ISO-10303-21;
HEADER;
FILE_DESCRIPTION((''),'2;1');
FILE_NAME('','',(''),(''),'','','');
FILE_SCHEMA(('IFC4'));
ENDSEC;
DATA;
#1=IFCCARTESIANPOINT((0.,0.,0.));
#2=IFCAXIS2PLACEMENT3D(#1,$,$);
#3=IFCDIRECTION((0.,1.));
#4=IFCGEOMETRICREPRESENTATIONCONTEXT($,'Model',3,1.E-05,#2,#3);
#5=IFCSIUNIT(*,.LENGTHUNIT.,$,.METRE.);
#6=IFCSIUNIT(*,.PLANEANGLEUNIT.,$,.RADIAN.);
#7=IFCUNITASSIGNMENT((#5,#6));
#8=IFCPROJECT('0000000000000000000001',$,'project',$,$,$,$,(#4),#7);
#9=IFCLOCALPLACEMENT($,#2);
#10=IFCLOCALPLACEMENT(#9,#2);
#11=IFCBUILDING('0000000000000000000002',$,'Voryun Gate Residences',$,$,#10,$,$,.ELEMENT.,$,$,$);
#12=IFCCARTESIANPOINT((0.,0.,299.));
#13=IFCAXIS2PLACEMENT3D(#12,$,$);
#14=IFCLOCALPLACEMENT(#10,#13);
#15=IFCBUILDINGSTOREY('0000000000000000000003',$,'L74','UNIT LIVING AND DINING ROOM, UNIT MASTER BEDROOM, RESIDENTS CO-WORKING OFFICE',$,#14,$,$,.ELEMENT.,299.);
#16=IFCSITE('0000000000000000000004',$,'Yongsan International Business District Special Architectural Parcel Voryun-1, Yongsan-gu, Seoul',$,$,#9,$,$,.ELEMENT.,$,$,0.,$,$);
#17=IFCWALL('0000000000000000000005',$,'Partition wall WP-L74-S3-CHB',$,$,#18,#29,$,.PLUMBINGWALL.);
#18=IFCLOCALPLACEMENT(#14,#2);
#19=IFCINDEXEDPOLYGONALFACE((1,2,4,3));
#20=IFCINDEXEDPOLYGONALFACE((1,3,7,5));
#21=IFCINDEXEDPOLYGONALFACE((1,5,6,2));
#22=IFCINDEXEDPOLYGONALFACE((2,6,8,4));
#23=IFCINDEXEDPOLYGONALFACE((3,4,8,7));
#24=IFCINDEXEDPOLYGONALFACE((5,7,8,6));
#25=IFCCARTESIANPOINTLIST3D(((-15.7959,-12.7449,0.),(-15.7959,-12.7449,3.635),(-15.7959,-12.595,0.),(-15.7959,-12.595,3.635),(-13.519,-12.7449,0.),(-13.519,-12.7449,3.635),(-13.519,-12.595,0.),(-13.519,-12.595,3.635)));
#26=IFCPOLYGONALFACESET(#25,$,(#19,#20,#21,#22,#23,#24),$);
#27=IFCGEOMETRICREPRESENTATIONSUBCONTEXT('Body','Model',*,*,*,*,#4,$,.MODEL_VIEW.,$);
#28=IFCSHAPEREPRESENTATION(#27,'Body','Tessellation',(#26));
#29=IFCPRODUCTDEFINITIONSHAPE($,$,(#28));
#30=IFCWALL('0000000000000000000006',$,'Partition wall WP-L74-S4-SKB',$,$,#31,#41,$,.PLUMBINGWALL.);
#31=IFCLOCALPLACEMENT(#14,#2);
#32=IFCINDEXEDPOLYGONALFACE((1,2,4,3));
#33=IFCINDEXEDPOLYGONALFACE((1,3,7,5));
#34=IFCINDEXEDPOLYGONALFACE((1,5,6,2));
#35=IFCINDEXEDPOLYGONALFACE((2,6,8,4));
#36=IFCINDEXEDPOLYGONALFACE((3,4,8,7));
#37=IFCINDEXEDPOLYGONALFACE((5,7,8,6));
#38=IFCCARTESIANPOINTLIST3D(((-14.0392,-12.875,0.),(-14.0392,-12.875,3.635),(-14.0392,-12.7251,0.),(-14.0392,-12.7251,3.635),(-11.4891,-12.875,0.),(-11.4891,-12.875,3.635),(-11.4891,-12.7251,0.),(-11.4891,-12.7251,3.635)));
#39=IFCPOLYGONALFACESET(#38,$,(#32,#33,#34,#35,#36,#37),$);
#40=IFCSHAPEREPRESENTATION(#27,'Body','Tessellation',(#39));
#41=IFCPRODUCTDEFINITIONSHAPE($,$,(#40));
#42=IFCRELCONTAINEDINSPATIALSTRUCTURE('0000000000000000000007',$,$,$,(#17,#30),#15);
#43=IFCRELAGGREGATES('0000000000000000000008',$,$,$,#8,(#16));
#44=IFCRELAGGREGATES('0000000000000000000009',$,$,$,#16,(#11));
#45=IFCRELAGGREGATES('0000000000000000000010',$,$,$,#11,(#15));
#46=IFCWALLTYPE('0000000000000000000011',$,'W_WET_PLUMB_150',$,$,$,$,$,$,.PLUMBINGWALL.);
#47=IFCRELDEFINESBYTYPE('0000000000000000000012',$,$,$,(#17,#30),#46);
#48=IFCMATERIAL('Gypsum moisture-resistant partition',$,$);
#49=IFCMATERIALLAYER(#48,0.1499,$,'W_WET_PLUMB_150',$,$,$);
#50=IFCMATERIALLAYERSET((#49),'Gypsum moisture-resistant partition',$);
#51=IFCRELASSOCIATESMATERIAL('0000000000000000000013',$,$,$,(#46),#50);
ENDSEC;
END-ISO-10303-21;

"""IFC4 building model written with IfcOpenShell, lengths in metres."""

from ifc_helpers import new_model, si_unit, direction, frame, frame_2d, origin, place, context, subcontext, project, spatial, rectangle, extrude, material, layer, layer_set, type_object, element, save


model = new_model("IFC4")

# Units and contexts
model_context = context("Model", 3, precision=1e-05, world=origin(), true_north=direction((0.0, 1.0)))
body_context = subcontext(model_context, "Body", "Model", "MODEL_VIEW")
ifc_project = project(units=[si_unit("LENGTHUNIT", "METRE"), si_unit("PLANEANGLEUNIT", "RADIAN")], contexts=[model_context])

# Site, building, storey
site_placement = place(None, origin())
site = spatial("IfcSite", under=ifc_project, at=site_placement, Name="Yongsan International Business District Special Architectural Parcel Voryun-1, Yongsan-gu, Seoul", CompositionType="ELEMENT", RefElevation=0.0)
building_placement = place(site_placement, origin())
building = spatial("IfcBuilding", under=site, at=building_placement, Name="Voryun Gate Residences", CompositionType="ELEMENT")
storey_placement = place(building_placement, frame((0.0, 0.0, 299.0)))
storey = spatial("IfcBuildingStorey", under=building, at=storey_placement, Name="L74", Description="UNIT LIVING AND DINING ROOM, UNIT MASTER BEDROOM, RESIDENTS CO-WORKING OFFICE", CompositionType="ELEMENT", Elevation=299.0)

# Shared definitions
ifc_material_1 = material(Name="Gypsum moisture-resistant partition")
ifc_layer_1 = layer(ifc_material_1, 0.1499, Name="W_WET_PLUMB_150")
ifc_layer_set_1 = layer_set([ifc_layer_1], Name="Gypsum moisture-resistant partition")
wall_type_1 = type_object("IfcWallType", Name="W_WET_PLUMB_150", PredefinedType="PLUMBINGWALL", material=ifc_layer_set_1)

# Walls
wall_1_placement = place(storey_placement, frame((-15.7959, -12.6699, 0.0), z_axis=(0.0, 0.0, 1.0), x_axis=(1.0, 0.0, 0.0)))
element("IfcWall", 1, at=wall_1_placement, inside=storey, type_object=wall_type_1, Name="Partition wall WP-L74-S3-CHB", PredefinedType="PLUMBINGWALL", context=body_context, shape_type="SweptSolid", body=[
    extrude(rectangle(XDim=2.2769, YDim=0.1499, at=frame_2d((1.1384, 0.0))), origin(), (0.0, 0.0, 1.0), 3.635),
])
wall_2_placement = place(storey_placement, frame((-14.0391, -12.8, 0.0), z_axis=(0.0, 0.0, 1.0), x_axis=(1.0, 0.0, 0.0)))
element("IfcWall", 2, at=wall_2_placement, inside=storey, type_object=wall_type_1, Name="Partition wall WP-L74-S4-SKB", PredefinedType="PLUMBINGWALL", context=body_context, shape_type="SweptSolid", body=[
    extrude(rectangle(XDim=2.55, YDim=0.1499, at=frame_2d((1.2749, 0.0))), origin(), (0.0, 0.0, 1.0), 3.635),
])

save(model, "model.ifc")
